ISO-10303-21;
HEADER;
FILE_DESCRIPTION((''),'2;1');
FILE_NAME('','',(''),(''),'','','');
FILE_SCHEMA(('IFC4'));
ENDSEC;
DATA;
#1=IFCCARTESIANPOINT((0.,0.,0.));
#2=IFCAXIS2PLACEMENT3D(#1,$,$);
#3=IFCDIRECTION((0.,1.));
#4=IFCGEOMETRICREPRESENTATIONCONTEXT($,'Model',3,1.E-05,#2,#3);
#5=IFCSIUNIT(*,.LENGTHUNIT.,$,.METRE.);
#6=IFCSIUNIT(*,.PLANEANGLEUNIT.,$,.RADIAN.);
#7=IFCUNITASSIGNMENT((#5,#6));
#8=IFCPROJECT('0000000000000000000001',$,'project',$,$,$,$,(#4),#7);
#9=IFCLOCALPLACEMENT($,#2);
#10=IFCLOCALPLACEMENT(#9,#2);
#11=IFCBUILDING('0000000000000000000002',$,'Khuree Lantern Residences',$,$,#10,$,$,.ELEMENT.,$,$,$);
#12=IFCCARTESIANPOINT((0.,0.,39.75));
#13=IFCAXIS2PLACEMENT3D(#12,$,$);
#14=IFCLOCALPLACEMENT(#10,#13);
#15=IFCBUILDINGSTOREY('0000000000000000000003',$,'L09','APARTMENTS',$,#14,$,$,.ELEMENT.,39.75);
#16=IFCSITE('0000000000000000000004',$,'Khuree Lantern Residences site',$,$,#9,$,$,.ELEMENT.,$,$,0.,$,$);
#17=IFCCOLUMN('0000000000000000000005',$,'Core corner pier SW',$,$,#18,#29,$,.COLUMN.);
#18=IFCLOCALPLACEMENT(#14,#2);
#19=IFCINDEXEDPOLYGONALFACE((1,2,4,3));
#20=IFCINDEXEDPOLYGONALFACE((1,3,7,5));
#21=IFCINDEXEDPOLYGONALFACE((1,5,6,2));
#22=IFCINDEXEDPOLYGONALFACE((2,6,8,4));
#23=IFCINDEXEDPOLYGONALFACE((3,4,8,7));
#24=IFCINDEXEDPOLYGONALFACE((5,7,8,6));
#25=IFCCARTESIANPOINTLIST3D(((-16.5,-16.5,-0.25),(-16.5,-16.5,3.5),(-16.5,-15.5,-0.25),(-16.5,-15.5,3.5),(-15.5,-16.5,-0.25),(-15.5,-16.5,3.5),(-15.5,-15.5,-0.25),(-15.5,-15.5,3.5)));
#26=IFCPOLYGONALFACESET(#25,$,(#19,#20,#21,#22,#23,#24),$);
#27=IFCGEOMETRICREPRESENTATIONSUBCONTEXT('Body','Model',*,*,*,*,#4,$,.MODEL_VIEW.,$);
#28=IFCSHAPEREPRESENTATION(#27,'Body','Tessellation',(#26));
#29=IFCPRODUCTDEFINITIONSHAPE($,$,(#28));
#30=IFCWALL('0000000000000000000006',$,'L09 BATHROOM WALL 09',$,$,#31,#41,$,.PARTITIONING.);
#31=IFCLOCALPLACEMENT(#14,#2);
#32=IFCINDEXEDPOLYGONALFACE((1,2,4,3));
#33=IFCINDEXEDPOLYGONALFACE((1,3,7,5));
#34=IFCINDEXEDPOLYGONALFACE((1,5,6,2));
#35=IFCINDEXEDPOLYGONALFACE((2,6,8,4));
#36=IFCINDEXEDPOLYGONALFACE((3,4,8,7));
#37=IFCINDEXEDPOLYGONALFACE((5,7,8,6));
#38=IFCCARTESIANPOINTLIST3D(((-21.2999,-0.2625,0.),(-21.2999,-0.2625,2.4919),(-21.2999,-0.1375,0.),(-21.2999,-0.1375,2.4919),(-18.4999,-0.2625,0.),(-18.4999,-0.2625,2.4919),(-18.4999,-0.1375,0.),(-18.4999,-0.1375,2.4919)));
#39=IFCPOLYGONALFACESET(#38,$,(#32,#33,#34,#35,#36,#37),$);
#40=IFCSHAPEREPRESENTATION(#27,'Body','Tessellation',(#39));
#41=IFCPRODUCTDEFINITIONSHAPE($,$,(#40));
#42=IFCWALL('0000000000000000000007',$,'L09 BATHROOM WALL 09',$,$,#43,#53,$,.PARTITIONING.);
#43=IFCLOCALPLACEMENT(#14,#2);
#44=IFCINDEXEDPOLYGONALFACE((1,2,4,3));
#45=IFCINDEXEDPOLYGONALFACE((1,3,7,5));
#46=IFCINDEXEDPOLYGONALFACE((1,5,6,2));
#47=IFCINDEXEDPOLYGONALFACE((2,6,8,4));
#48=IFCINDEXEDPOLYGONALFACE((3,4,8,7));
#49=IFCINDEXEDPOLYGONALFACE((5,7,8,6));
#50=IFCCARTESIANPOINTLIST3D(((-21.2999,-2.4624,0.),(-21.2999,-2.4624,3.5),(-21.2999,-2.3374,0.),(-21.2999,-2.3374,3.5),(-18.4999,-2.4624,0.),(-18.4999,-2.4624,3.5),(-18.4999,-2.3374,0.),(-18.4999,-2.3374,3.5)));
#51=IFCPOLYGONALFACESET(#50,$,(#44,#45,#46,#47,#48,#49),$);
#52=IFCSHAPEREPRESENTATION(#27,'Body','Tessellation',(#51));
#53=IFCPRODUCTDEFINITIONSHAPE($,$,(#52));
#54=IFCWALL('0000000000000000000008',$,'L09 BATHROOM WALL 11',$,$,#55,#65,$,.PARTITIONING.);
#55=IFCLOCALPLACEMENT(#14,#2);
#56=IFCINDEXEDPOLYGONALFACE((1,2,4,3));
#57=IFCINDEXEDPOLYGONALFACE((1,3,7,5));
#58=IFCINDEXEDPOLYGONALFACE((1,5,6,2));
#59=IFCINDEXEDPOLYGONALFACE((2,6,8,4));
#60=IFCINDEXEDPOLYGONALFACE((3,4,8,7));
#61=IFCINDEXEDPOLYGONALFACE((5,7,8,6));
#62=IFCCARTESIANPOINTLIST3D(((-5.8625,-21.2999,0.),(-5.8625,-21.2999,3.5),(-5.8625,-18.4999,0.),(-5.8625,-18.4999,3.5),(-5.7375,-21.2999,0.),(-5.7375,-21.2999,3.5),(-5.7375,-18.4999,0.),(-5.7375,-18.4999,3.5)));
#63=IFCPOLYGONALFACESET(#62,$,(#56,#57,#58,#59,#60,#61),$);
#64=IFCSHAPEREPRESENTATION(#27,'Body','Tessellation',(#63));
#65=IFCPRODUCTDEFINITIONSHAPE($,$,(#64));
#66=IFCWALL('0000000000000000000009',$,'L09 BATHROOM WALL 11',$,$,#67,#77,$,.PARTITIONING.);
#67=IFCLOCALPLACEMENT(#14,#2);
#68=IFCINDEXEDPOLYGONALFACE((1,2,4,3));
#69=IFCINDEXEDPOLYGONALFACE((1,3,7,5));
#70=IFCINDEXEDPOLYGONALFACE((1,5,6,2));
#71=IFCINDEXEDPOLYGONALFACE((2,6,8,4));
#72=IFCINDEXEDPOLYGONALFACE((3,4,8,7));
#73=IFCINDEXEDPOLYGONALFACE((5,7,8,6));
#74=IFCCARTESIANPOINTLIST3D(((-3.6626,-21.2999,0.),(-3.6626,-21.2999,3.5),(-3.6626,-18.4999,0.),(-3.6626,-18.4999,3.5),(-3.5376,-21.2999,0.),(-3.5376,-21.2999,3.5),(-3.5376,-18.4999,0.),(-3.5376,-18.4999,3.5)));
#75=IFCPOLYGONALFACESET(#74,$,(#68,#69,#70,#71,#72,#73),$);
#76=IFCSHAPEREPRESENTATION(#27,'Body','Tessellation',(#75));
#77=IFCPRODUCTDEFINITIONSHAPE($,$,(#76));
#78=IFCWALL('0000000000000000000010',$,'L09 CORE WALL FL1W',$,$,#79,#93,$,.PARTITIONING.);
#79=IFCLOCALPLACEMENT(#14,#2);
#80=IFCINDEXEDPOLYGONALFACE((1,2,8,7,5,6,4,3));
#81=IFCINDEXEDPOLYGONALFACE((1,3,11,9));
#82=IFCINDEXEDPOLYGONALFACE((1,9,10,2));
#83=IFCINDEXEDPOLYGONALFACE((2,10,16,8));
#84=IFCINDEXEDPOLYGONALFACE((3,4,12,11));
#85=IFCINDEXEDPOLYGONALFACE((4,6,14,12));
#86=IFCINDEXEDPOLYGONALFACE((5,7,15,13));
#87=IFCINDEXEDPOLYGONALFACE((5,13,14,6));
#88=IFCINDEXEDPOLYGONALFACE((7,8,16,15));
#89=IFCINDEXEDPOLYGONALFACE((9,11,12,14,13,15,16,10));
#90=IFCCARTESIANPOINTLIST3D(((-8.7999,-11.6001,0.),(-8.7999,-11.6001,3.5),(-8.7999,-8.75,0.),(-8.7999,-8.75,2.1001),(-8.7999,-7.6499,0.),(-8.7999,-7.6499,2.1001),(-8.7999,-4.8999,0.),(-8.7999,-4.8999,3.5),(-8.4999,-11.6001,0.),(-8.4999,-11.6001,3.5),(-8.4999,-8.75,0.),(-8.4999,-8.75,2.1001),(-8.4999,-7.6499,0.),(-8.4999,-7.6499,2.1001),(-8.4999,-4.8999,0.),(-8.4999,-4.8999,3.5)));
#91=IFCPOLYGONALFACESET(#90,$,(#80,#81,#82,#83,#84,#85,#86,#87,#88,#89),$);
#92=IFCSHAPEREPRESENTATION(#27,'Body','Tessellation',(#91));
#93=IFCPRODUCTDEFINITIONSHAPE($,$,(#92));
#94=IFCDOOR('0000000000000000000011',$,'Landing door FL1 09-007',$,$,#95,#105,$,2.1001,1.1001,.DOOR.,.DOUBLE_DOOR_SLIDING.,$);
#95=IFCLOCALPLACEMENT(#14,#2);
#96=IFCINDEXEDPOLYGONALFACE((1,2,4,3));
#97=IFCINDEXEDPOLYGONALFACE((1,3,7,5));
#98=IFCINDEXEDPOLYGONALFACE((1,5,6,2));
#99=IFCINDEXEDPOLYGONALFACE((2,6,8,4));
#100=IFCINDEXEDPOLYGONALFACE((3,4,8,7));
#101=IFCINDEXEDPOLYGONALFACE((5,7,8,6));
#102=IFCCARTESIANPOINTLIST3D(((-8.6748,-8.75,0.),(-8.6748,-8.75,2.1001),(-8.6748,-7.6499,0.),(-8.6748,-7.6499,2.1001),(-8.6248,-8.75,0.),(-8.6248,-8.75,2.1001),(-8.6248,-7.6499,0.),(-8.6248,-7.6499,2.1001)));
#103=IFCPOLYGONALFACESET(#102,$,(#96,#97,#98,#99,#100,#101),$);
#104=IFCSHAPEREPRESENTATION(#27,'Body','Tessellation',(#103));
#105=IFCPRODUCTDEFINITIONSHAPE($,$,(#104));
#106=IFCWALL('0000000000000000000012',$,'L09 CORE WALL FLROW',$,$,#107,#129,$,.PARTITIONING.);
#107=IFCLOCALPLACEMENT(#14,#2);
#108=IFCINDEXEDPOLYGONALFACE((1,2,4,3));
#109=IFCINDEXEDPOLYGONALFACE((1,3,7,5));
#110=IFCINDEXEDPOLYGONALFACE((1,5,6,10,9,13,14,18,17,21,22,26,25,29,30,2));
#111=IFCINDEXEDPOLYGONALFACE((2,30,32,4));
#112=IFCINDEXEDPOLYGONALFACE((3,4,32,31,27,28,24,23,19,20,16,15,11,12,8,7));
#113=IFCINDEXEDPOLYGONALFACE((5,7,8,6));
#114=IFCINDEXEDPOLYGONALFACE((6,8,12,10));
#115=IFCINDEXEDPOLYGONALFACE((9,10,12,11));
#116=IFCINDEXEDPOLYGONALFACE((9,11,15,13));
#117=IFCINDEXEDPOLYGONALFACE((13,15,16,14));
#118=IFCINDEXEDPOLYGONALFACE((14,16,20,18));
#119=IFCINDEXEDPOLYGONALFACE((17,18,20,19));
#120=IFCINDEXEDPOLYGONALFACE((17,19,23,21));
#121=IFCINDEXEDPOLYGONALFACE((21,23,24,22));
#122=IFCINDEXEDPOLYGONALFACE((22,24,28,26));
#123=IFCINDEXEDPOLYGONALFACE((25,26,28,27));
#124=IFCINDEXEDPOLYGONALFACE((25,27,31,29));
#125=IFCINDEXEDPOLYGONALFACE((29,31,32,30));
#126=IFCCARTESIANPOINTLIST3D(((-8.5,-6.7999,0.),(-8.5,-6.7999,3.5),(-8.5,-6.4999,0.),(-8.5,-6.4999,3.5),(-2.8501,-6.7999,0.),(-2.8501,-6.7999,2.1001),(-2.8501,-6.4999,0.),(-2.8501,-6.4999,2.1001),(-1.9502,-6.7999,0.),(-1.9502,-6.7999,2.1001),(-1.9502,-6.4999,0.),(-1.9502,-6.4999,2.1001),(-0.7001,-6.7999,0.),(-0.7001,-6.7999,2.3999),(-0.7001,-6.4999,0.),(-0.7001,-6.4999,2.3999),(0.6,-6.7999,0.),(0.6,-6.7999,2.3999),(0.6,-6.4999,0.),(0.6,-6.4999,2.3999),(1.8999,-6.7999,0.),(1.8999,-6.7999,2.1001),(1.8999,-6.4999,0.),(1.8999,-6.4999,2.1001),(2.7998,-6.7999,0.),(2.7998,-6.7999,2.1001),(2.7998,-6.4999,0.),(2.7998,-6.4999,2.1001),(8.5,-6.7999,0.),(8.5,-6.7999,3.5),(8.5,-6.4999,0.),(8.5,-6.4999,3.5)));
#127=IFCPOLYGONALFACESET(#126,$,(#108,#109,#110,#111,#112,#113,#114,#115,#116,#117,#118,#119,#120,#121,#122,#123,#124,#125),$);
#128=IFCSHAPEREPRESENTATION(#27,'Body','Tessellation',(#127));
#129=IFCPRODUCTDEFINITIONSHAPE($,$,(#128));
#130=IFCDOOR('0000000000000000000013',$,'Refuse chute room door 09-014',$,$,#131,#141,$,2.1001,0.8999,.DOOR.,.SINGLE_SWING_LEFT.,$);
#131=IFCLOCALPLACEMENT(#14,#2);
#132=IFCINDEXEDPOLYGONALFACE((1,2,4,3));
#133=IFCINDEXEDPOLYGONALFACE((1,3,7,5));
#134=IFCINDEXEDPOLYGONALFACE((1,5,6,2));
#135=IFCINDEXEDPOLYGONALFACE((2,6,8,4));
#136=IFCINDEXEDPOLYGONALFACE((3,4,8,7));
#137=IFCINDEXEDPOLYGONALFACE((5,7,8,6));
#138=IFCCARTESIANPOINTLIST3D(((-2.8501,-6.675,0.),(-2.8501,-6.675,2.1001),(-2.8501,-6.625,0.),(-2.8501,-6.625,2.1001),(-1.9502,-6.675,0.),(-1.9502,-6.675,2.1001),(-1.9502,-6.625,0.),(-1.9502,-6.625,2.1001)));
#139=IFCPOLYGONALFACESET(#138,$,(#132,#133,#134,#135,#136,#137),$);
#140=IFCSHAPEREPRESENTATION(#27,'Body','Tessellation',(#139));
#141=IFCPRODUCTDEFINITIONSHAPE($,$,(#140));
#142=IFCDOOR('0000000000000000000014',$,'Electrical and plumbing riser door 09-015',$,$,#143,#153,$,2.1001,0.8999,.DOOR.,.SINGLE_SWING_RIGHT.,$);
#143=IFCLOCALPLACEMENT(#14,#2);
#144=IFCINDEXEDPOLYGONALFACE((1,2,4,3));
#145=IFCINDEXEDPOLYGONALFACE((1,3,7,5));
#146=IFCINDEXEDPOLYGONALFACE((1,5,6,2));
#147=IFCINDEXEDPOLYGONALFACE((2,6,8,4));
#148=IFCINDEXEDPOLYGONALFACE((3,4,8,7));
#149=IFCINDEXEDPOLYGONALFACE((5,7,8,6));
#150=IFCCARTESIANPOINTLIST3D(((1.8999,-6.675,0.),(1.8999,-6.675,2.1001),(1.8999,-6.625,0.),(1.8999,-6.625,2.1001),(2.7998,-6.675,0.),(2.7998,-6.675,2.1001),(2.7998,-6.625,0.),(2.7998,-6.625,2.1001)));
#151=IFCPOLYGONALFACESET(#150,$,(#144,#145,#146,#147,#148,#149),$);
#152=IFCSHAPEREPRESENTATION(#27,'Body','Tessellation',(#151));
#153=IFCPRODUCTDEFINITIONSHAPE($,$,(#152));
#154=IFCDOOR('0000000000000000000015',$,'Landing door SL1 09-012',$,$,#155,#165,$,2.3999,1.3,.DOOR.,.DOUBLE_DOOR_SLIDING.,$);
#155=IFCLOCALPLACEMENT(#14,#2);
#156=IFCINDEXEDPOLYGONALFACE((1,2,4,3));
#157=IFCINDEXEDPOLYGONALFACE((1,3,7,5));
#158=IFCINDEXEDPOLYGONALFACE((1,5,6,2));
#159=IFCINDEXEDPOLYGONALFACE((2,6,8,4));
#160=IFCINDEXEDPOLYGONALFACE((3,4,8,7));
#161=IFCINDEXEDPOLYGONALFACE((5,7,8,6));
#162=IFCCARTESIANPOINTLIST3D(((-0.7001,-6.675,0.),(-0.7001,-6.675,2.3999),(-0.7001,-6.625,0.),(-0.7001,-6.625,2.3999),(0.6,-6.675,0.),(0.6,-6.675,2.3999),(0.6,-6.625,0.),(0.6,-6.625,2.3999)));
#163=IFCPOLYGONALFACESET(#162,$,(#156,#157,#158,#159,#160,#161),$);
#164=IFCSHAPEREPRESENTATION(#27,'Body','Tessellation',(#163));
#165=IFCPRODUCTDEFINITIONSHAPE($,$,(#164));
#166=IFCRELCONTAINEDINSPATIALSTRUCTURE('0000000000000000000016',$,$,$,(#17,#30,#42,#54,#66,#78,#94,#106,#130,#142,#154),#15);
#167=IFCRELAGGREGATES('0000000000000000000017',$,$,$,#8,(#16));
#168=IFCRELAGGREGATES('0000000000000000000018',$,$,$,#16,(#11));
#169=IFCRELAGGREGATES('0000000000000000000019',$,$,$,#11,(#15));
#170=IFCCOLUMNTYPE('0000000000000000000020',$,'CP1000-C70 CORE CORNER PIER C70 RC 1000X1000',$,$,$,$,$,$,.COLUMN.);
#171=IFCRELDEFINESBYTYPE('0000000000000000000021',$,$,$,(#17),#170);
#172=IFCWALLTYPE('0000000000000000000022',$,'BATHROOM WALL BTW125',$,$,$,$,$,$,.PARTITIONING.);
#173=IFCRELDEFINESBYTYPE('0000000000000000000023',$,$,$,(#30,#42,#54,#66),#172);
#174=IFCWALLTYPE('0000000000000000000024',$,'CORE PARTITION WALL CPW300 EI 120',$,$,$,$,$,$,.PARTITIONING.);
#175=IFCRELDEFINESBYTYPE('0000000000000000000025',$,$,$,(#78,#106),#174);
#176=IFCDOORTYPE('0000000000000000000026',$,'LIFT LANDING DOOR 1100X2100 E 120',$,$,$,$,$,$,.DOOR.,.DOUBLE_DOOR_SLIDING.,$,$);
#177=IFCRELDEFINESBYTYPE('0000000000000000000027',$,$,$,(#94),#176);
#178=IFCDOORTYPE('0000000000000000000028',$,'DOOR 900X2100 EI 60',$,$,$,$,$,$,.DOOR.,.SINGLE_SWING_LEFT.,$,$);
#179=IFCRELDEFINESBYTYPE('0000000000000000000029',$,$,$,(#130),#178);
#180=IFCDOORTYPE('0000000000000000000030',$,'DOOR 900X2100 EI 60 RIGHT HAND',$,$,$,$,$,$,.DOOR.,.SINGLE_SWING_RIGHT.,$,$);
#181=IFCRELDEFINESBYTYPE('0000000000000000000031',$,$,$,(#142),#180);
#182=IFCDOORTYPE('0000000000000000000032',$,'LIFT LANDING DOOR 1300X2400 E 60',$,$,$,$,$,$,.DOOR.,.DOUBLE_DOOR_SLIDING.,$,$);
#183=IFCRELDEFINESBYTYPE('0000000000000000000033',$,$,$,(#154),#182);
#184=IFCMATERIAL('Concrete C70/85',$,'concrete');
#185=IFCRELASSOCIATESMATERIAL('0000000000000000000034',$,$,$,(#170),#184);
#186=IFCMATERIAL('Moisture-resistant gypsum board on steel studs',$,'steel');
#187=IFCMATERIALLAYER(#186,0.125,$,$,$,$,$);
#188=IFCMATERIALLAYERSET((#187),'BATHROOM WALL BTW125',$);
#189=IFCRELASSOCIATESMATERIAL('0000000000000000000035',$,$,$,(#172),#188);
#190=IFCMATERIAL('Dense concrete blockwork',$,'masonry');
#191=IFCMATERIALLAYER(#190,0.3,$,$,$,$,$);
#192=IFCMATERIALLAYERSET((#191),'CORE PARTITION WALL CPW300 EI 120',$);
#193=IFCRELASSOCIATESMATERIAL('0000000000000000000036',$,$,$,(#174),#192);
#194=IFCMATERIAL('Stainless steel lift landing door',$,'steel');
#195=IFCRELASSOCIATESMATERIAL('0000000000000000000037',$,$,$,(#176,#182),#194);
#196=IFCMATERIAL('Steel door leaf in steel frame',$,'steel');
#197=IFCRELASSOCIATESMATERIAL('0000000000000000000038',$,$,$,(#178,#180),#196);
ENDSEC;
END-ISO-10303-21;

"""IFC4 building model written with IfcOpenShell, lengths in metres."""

from ifc_helpers import new_model, si_unit, direction, frame, frame_2d, origin, origin_2d, place, context, subcontext, project, spatial, rectangle, extrude, material, layer, layer_set, material_profile, profile_set, type_object, element, fill, save


model = new_model("IFC4")

# Units and contexts
model_context = context("Model", 3, precision=1e-05, world=origin(), true_north=direction((0.0, 1.0)))
body_context = subcontext(model_context, "Body", "Model", "MODEL_VIEW")
ifc_project = project(units=[si_unit("LENGTHUNIT", "METRE"), si_unit("PLANEANGLEUNIT", "RADIAN")], contexts=[model_context])

# Site, building, storey
site_placement = place(None, origin())
site = spatial("IfcSite", under=ifc_project, at=site_placement, Name="Khuree Lantern Residences site", CompositionType="ELEMENT", RefElevation=0.0)
building_placement = place(site_placement, origin())
building = spatial("IfcBuilding", under=site, at=building_placement, Name="Khuree Lantern Residences", CompositionType="ELEMENT")
storey_placement = place(building_placement, frame((0.0, 0.0, 39.75)))
storey = spatial("IfcBuildingStorey", under=building, at=storey_placement, Name="L09", Description="APARTMENTS", CompositionType="ELEMENT", Elevation=39.75)

# Column
ifc_material_1 = material(Name="Concrete C70/85", Category="concrete")
ifc_material_profile = material_profile(ifc_material_1, rectangle(XDim=1.0, YDim=1.0, at=origin_2d()), Name="RC 1000X1000")
ifc_profile_set = profile_set([ifc_material_profile], Name="Concrete C70/85")
column_type = type_object("IfcColumnType", Name="CP1000-C70 CORE CORNER PIER C70 RC 1000X1000", PredefinedType="COLUMN", material=ifc_profile_set)
column_placement = place(storey_placement, frame((-16.0, -16.0, -0.25), z_axis=(0.0, 0.0, 1.0), x_axis=(1.0, 0.0, 0.0)))
element("IfcColumn", 1, at=column_placement, inside=storey, type_object=column_type, Name="Core corner pier SW", PredefinedType="COLUMN", context=body_context, shape_type="SweptSolid", body=[
    extrude(rectangle(XDim=1.0, YDim=1.0, at=origin_2d()), origin(), (0.0, 0.0, 1.0), 3.75),
])

# Walls
ifc_material_2 = material(Name="Moisture-resistant gypsum board on steel studs", Category="steel")
ifc_layer_1 = layer(ifc_material_2, 0.125)
ifc_layer_set_1 = layer_set([ifc_layer_1], Name="BATHROOM WALL BTW125")
wall_type_1 = type_object("IfcWallType", Name="BATHROOM WALL BTW125", PredefinedType="PARTITIONING", material=ifc_layer_set_1)
wall_1_placement = place(storey_placement, frame((-18.5, -0.2, 0.0), z_axis=(0.0, 0.0, 1.0), x_axis=(-1.0, 0.0, 0.0)))
element("IfcWall", 2, at=wall_1_placement, inside=storey, type_object=wall_type_1, Name="L09 BATHROOM WALL 09", PredefinedType="PARTITIONING", context=body_context, shape_type="SweptSolid", body=[
    extrude(rectangle(XDim=2.8, YDim=0.125, at=frame_2d((1.3999, 0.0))), origin(), (0.0, 0.0, 1.0), 2.4919),
])
for number, where, z_axis, x_axis, name in (
    (3, (-18.5, -2.3999, 0.0), (0.0, 0.0, 1.0), (-1.0, 0.0, 0.0), "L09 BATHROOM WALL 09"),
    (4, (-5.8, -18.5, 0.0), (0.0, 0.0, 1.0), (0.0, -1.0, 0.0), "L09 BATHROOM WALL 11"),
    (5, (-3.6001, -18.5, 0.0), (0.0, 0.0, 1.0), (0.0, -1.0, 0.0), "L09 BATHROOM WALL 11"),
):
    element("IfcWall", number, at=place(storey_placement, frame(where, z_axis=z_axis, x_axis=x_axis)), inside=storey, type_object=wall_type_1, Name=name, PredefinedType="PARTITIONING", context=body_context, shape_type="SweptSolid", body=[
        extrude(rectangle(XDim=2.8, YDim=0.125, at=frame_2d((1.3999, 0.0))), origin(), (0.0, 0.0, 1.0), 3.5),
    ])

# Wall, opening, door
ifc_material_3 = material(Name="Dense concrete blockwork", Category="masonry")
ifc_layer_2 = layer(ifc_material_3, 0.3)
ifc_layer_set_2 = layer_set([ifc_layer_2], Name="CORE PARTITION WALL CPW300 EI 120")
wall_type_2 = type_object("IfcWallType", Name="CORE PARTITION WALL CPW300 EI 120", PredefinedType="PARTITIONING", material=ifc_layer_set_2)
wall_2_placement = place(storey_placement, frame((-8.6499, -11.6001, 0.0), z_axis=(0.0, 0.0, 1.0), x_axis=(0.0, 1.0, 0.0)))
wall_2 = element("IfcWall", 6, at=wall_2_placement, inside=storey, type_object=wall_type_2, Name="L09 CORE WALL FL1W", PredefinedType="PARTITIONING", context=body_context, shape_type="SweptSolid", body=[
    extrude(rectangle(XDim=6.7002, YDim=0.3, at=frame_2d((3.3501, 0.0))), origin(), (0.0, 0.0, 1.0), 3.5),
])
opening_1_placement = place(wall_2_placement, frame((2.8501, 0.0, 0.0)))
opening_1 = element("IfcOpeningElement", 7, at=opening_1_placement, cuts=wall_2, PredefinedType="OPENING", context=body_context, shape_type="SweptSolid", body=[
    extrude(rectangle(XDim=1.1001, YDim=2.1001, at=frame_2d((0.55, 1.05))), frame((0.0, 0.1602, 0.0), z_axis=(0.0, -1.0, 0.0), x_axis=(1.0, 0.0, 0.0)), (0.0, 0.0, 1.0), 0.3201),
])
ifc_material_4 = material(Name="Stainless steel lift landing door", Category="steel")
door_type_1 = type_object("IfcDoorType", Name="LIFT LANDING DOOR 1100X2100 E 120", OperationType="DOUBLE_DOOR_SLIDING", PredefinedType="DOOR", material=ifc_material_4)
door_1_placement = place(opening_1_placement, origin())
door_1 = element("IfcDoor", 8, at=door_1_placement, inside=storey, type_object=door_type_1, Name="Landing door FL1 09-007", OperationType="DOUBLE_DOOR_SLIDING", OverallHeight=2.1001, OverallWidth=1.1001, PredefinedType="DOOR", context=body_context, shape_type="SweptSolid", body=[
    extrude(rectangle(XDim=1.1001, YDim=2.1001, at=frame_2d((0.55, 1.05))), frame((0.0, 0.0249, 0.0), z_axis=(0.0, -1.0, 0.0), x_axis=(1.0, 0.0, 0.0)), (0.0, 0.0, 1.0), 0.05),
])
fill(opening_1, door_1)

# Wall, openings, doors
wall_3_placement = place(storey_placement, frame((-8.5, -6.6499, 0.0), z_axis=(0.0, 0.0, 1.0), x_axis=(1.0, 0.0, 0.0)))
wall_3 = element("IfcWall", 9, at=wall_3_placement, inside=storey, type_object=wall_type_2, Name="L09 CORE WALL FLROW", PredefinedType="PARTITIONING", context=body_context, shape_type="SweptSolid", body=[
    extrude(rectangle(XDim=17.0, YDim=0.3, at=frame_2d((8.5, 0.0))), origin(), (0.0, 0.0, 1.0), 3.5),
])
opening_2_placement = place(wall_3_placement, frame((7.8, 0.0, 0.0)))
opening_2 = element("IfcOpeningElement", 10, at=opening_2_placement, cuts=wall_3, PredefinedType="OPENING", context=body_context, shape_type="SweptSolid", body=[
    extrude(rectangle(XDim=1.3, YDim=2.3999, at=frame_2d((0.6499, 1.2))), frame((0.0, 0.1602, 0.0), z_axis=(0.0, -1.0, 0.0), x_axis=(1.0, 0.0, 0.0)), (0.0, 0.0, 1.0), 0.3201),
])
opening_3_placement = place(wall_3_placement, frame((5.6499, 0.0, 0.0)))
opening_3 = element("IfcOpeningElement", 11, at=opening_3_placement, cuts=wall_3, PredefinedType="OPENING", context=body_context, shape_type="SweptSolid", body=[
    extrude(rectangle(XDim=0.8999, YDim=2.1001, at=frame_2d((0.45, 1.05))), frame((0.0, 0.1602, 0.0), z_axis=(0.0, -1.0, 0.0), x_axis=(1.0, 0.0, 0.0)), (0.0, 0.0, 1.0), 0.3201),
])
opening_4_placement = place(wall_3_placement, frame((10.3999, 0.0, 0.0)))
opening_4 = element("IfcOpeningElement", 12, at=opening_4_placement, cuts=wall_3, PredefinedType="OPENING", context=body_context, shape_type="SweptSolid", body=[
    extrude(rectangle(XDim=0.8999, YDim=2.1001, at=frame_2d((0.45, 1.05))), frame((0.0, 0.1602, 0.0), z_axis=(0.0, -1.0, 0.0), x_axis=(1.0, 0.0, 0.0)), (0.0, 0.0, 1.0), 0.3201),
])
ifc_material_5 = material(Name="Steel door leaf in steel frame", Category="steel")
door_type_2 = type_object("IfcDoorType", Name="DOOR 900X2100 EI 60", OperationType="SINGLE_SWING_LEFT", PredefinedType="DOOR", material=ifc_material_5)
door_2_placement = place(opening_3_placement, origin())
door_2 = element("IfcDoor", 13, at=door_2_placement, inside=storey, type_object=door_type_2, Name="Refuse chute room door 09-014", OperationType="SINGLE_SWING_LEFT", OverallHeight=2.1001, OverallWidth=0.8999, PredefinedType="DOOR", context=body_context, shape_type="SweptSolid", body=[
    extrude(rectangle(XDim=0.8999, YDim=2.1001, at=frame_2d((0.45, 1.05))), frame((0.0, 0.0249, 0.0), z_axis=(0.0, -1.0, 0.0), x_axis=(1.0, 0.0, 0.0)), (0.0, 0.0, 1.0), 0.05),
])
fill(opening_3, door_2)
door_type_3 = type_object("IfcDoorType", Name="DOOR 900X2100 EI 60 RIGHT HAND", OperationType="SINGLE_SWING_RIGHT", PredefinedType="DOOR", material=ifc_material_5)
door_3_placement = place(opening_4_placement, origin())
door_3 = element("IfcDoor", 14, at=door_3_placement, inside=storey, type_object=door_type_3, Name="Electrical and plumbing riser door 09-015", OperationType="SINGLE_SWING_RIGHT", OverallHeight=2.1001, OverallWidth=0.8999, PredefinedType="DOOR", context=body_context, shape_type="SweptSolid", body=[
    extrude(rectangle(XDim=0.8999, YDim=2.1001, at=frame_2d((0.45, 1.05))), frame((0.0, 0.0249, 0.0), z_axis=(0.0, -1.0, 0.0), x_axis=(1.0, 0.0, 0.0)), (0.0, 0.0, 1.0), 0.05),
])
fill(opening_4, door_3)
door_type_4 = type_object("IfcDoorType", Name="LIFT LANDING DOOR 1300X2400 E 60", OperationType="DOUBLE_DOOR_SLIDING", PredefinedType="DOOR", material=ifc_material_4)
door_4_placement = place(opening_2_placement, origin())
door_4 = element("IfcDoor", 15, at=door_4_placement, inside=storey, type_object=door_type_4, Name="Landing door SL1 09-012", OperationType="DOUBLE_DOOR_SLIDING", OverallHeight=2.3999, OverallWidth=1.3, PredefinedType="DOOR", context=body_context, shape_type="SweptSolid", body=[
    extrude(rectangle(XDim=1.3, YDim=2.3999, at=frame_2d((0.6499, 1.2))), frame((0.0, 0.0249, 0.0), z_axis=(0.0, -1.0, 0.0), x_axis=(1.0, 0.0, 0.0)), (0.0, 0.0, 1.0), 0.05),
])
fill(opening_2, door_4)

save(model, "model.ifc")
